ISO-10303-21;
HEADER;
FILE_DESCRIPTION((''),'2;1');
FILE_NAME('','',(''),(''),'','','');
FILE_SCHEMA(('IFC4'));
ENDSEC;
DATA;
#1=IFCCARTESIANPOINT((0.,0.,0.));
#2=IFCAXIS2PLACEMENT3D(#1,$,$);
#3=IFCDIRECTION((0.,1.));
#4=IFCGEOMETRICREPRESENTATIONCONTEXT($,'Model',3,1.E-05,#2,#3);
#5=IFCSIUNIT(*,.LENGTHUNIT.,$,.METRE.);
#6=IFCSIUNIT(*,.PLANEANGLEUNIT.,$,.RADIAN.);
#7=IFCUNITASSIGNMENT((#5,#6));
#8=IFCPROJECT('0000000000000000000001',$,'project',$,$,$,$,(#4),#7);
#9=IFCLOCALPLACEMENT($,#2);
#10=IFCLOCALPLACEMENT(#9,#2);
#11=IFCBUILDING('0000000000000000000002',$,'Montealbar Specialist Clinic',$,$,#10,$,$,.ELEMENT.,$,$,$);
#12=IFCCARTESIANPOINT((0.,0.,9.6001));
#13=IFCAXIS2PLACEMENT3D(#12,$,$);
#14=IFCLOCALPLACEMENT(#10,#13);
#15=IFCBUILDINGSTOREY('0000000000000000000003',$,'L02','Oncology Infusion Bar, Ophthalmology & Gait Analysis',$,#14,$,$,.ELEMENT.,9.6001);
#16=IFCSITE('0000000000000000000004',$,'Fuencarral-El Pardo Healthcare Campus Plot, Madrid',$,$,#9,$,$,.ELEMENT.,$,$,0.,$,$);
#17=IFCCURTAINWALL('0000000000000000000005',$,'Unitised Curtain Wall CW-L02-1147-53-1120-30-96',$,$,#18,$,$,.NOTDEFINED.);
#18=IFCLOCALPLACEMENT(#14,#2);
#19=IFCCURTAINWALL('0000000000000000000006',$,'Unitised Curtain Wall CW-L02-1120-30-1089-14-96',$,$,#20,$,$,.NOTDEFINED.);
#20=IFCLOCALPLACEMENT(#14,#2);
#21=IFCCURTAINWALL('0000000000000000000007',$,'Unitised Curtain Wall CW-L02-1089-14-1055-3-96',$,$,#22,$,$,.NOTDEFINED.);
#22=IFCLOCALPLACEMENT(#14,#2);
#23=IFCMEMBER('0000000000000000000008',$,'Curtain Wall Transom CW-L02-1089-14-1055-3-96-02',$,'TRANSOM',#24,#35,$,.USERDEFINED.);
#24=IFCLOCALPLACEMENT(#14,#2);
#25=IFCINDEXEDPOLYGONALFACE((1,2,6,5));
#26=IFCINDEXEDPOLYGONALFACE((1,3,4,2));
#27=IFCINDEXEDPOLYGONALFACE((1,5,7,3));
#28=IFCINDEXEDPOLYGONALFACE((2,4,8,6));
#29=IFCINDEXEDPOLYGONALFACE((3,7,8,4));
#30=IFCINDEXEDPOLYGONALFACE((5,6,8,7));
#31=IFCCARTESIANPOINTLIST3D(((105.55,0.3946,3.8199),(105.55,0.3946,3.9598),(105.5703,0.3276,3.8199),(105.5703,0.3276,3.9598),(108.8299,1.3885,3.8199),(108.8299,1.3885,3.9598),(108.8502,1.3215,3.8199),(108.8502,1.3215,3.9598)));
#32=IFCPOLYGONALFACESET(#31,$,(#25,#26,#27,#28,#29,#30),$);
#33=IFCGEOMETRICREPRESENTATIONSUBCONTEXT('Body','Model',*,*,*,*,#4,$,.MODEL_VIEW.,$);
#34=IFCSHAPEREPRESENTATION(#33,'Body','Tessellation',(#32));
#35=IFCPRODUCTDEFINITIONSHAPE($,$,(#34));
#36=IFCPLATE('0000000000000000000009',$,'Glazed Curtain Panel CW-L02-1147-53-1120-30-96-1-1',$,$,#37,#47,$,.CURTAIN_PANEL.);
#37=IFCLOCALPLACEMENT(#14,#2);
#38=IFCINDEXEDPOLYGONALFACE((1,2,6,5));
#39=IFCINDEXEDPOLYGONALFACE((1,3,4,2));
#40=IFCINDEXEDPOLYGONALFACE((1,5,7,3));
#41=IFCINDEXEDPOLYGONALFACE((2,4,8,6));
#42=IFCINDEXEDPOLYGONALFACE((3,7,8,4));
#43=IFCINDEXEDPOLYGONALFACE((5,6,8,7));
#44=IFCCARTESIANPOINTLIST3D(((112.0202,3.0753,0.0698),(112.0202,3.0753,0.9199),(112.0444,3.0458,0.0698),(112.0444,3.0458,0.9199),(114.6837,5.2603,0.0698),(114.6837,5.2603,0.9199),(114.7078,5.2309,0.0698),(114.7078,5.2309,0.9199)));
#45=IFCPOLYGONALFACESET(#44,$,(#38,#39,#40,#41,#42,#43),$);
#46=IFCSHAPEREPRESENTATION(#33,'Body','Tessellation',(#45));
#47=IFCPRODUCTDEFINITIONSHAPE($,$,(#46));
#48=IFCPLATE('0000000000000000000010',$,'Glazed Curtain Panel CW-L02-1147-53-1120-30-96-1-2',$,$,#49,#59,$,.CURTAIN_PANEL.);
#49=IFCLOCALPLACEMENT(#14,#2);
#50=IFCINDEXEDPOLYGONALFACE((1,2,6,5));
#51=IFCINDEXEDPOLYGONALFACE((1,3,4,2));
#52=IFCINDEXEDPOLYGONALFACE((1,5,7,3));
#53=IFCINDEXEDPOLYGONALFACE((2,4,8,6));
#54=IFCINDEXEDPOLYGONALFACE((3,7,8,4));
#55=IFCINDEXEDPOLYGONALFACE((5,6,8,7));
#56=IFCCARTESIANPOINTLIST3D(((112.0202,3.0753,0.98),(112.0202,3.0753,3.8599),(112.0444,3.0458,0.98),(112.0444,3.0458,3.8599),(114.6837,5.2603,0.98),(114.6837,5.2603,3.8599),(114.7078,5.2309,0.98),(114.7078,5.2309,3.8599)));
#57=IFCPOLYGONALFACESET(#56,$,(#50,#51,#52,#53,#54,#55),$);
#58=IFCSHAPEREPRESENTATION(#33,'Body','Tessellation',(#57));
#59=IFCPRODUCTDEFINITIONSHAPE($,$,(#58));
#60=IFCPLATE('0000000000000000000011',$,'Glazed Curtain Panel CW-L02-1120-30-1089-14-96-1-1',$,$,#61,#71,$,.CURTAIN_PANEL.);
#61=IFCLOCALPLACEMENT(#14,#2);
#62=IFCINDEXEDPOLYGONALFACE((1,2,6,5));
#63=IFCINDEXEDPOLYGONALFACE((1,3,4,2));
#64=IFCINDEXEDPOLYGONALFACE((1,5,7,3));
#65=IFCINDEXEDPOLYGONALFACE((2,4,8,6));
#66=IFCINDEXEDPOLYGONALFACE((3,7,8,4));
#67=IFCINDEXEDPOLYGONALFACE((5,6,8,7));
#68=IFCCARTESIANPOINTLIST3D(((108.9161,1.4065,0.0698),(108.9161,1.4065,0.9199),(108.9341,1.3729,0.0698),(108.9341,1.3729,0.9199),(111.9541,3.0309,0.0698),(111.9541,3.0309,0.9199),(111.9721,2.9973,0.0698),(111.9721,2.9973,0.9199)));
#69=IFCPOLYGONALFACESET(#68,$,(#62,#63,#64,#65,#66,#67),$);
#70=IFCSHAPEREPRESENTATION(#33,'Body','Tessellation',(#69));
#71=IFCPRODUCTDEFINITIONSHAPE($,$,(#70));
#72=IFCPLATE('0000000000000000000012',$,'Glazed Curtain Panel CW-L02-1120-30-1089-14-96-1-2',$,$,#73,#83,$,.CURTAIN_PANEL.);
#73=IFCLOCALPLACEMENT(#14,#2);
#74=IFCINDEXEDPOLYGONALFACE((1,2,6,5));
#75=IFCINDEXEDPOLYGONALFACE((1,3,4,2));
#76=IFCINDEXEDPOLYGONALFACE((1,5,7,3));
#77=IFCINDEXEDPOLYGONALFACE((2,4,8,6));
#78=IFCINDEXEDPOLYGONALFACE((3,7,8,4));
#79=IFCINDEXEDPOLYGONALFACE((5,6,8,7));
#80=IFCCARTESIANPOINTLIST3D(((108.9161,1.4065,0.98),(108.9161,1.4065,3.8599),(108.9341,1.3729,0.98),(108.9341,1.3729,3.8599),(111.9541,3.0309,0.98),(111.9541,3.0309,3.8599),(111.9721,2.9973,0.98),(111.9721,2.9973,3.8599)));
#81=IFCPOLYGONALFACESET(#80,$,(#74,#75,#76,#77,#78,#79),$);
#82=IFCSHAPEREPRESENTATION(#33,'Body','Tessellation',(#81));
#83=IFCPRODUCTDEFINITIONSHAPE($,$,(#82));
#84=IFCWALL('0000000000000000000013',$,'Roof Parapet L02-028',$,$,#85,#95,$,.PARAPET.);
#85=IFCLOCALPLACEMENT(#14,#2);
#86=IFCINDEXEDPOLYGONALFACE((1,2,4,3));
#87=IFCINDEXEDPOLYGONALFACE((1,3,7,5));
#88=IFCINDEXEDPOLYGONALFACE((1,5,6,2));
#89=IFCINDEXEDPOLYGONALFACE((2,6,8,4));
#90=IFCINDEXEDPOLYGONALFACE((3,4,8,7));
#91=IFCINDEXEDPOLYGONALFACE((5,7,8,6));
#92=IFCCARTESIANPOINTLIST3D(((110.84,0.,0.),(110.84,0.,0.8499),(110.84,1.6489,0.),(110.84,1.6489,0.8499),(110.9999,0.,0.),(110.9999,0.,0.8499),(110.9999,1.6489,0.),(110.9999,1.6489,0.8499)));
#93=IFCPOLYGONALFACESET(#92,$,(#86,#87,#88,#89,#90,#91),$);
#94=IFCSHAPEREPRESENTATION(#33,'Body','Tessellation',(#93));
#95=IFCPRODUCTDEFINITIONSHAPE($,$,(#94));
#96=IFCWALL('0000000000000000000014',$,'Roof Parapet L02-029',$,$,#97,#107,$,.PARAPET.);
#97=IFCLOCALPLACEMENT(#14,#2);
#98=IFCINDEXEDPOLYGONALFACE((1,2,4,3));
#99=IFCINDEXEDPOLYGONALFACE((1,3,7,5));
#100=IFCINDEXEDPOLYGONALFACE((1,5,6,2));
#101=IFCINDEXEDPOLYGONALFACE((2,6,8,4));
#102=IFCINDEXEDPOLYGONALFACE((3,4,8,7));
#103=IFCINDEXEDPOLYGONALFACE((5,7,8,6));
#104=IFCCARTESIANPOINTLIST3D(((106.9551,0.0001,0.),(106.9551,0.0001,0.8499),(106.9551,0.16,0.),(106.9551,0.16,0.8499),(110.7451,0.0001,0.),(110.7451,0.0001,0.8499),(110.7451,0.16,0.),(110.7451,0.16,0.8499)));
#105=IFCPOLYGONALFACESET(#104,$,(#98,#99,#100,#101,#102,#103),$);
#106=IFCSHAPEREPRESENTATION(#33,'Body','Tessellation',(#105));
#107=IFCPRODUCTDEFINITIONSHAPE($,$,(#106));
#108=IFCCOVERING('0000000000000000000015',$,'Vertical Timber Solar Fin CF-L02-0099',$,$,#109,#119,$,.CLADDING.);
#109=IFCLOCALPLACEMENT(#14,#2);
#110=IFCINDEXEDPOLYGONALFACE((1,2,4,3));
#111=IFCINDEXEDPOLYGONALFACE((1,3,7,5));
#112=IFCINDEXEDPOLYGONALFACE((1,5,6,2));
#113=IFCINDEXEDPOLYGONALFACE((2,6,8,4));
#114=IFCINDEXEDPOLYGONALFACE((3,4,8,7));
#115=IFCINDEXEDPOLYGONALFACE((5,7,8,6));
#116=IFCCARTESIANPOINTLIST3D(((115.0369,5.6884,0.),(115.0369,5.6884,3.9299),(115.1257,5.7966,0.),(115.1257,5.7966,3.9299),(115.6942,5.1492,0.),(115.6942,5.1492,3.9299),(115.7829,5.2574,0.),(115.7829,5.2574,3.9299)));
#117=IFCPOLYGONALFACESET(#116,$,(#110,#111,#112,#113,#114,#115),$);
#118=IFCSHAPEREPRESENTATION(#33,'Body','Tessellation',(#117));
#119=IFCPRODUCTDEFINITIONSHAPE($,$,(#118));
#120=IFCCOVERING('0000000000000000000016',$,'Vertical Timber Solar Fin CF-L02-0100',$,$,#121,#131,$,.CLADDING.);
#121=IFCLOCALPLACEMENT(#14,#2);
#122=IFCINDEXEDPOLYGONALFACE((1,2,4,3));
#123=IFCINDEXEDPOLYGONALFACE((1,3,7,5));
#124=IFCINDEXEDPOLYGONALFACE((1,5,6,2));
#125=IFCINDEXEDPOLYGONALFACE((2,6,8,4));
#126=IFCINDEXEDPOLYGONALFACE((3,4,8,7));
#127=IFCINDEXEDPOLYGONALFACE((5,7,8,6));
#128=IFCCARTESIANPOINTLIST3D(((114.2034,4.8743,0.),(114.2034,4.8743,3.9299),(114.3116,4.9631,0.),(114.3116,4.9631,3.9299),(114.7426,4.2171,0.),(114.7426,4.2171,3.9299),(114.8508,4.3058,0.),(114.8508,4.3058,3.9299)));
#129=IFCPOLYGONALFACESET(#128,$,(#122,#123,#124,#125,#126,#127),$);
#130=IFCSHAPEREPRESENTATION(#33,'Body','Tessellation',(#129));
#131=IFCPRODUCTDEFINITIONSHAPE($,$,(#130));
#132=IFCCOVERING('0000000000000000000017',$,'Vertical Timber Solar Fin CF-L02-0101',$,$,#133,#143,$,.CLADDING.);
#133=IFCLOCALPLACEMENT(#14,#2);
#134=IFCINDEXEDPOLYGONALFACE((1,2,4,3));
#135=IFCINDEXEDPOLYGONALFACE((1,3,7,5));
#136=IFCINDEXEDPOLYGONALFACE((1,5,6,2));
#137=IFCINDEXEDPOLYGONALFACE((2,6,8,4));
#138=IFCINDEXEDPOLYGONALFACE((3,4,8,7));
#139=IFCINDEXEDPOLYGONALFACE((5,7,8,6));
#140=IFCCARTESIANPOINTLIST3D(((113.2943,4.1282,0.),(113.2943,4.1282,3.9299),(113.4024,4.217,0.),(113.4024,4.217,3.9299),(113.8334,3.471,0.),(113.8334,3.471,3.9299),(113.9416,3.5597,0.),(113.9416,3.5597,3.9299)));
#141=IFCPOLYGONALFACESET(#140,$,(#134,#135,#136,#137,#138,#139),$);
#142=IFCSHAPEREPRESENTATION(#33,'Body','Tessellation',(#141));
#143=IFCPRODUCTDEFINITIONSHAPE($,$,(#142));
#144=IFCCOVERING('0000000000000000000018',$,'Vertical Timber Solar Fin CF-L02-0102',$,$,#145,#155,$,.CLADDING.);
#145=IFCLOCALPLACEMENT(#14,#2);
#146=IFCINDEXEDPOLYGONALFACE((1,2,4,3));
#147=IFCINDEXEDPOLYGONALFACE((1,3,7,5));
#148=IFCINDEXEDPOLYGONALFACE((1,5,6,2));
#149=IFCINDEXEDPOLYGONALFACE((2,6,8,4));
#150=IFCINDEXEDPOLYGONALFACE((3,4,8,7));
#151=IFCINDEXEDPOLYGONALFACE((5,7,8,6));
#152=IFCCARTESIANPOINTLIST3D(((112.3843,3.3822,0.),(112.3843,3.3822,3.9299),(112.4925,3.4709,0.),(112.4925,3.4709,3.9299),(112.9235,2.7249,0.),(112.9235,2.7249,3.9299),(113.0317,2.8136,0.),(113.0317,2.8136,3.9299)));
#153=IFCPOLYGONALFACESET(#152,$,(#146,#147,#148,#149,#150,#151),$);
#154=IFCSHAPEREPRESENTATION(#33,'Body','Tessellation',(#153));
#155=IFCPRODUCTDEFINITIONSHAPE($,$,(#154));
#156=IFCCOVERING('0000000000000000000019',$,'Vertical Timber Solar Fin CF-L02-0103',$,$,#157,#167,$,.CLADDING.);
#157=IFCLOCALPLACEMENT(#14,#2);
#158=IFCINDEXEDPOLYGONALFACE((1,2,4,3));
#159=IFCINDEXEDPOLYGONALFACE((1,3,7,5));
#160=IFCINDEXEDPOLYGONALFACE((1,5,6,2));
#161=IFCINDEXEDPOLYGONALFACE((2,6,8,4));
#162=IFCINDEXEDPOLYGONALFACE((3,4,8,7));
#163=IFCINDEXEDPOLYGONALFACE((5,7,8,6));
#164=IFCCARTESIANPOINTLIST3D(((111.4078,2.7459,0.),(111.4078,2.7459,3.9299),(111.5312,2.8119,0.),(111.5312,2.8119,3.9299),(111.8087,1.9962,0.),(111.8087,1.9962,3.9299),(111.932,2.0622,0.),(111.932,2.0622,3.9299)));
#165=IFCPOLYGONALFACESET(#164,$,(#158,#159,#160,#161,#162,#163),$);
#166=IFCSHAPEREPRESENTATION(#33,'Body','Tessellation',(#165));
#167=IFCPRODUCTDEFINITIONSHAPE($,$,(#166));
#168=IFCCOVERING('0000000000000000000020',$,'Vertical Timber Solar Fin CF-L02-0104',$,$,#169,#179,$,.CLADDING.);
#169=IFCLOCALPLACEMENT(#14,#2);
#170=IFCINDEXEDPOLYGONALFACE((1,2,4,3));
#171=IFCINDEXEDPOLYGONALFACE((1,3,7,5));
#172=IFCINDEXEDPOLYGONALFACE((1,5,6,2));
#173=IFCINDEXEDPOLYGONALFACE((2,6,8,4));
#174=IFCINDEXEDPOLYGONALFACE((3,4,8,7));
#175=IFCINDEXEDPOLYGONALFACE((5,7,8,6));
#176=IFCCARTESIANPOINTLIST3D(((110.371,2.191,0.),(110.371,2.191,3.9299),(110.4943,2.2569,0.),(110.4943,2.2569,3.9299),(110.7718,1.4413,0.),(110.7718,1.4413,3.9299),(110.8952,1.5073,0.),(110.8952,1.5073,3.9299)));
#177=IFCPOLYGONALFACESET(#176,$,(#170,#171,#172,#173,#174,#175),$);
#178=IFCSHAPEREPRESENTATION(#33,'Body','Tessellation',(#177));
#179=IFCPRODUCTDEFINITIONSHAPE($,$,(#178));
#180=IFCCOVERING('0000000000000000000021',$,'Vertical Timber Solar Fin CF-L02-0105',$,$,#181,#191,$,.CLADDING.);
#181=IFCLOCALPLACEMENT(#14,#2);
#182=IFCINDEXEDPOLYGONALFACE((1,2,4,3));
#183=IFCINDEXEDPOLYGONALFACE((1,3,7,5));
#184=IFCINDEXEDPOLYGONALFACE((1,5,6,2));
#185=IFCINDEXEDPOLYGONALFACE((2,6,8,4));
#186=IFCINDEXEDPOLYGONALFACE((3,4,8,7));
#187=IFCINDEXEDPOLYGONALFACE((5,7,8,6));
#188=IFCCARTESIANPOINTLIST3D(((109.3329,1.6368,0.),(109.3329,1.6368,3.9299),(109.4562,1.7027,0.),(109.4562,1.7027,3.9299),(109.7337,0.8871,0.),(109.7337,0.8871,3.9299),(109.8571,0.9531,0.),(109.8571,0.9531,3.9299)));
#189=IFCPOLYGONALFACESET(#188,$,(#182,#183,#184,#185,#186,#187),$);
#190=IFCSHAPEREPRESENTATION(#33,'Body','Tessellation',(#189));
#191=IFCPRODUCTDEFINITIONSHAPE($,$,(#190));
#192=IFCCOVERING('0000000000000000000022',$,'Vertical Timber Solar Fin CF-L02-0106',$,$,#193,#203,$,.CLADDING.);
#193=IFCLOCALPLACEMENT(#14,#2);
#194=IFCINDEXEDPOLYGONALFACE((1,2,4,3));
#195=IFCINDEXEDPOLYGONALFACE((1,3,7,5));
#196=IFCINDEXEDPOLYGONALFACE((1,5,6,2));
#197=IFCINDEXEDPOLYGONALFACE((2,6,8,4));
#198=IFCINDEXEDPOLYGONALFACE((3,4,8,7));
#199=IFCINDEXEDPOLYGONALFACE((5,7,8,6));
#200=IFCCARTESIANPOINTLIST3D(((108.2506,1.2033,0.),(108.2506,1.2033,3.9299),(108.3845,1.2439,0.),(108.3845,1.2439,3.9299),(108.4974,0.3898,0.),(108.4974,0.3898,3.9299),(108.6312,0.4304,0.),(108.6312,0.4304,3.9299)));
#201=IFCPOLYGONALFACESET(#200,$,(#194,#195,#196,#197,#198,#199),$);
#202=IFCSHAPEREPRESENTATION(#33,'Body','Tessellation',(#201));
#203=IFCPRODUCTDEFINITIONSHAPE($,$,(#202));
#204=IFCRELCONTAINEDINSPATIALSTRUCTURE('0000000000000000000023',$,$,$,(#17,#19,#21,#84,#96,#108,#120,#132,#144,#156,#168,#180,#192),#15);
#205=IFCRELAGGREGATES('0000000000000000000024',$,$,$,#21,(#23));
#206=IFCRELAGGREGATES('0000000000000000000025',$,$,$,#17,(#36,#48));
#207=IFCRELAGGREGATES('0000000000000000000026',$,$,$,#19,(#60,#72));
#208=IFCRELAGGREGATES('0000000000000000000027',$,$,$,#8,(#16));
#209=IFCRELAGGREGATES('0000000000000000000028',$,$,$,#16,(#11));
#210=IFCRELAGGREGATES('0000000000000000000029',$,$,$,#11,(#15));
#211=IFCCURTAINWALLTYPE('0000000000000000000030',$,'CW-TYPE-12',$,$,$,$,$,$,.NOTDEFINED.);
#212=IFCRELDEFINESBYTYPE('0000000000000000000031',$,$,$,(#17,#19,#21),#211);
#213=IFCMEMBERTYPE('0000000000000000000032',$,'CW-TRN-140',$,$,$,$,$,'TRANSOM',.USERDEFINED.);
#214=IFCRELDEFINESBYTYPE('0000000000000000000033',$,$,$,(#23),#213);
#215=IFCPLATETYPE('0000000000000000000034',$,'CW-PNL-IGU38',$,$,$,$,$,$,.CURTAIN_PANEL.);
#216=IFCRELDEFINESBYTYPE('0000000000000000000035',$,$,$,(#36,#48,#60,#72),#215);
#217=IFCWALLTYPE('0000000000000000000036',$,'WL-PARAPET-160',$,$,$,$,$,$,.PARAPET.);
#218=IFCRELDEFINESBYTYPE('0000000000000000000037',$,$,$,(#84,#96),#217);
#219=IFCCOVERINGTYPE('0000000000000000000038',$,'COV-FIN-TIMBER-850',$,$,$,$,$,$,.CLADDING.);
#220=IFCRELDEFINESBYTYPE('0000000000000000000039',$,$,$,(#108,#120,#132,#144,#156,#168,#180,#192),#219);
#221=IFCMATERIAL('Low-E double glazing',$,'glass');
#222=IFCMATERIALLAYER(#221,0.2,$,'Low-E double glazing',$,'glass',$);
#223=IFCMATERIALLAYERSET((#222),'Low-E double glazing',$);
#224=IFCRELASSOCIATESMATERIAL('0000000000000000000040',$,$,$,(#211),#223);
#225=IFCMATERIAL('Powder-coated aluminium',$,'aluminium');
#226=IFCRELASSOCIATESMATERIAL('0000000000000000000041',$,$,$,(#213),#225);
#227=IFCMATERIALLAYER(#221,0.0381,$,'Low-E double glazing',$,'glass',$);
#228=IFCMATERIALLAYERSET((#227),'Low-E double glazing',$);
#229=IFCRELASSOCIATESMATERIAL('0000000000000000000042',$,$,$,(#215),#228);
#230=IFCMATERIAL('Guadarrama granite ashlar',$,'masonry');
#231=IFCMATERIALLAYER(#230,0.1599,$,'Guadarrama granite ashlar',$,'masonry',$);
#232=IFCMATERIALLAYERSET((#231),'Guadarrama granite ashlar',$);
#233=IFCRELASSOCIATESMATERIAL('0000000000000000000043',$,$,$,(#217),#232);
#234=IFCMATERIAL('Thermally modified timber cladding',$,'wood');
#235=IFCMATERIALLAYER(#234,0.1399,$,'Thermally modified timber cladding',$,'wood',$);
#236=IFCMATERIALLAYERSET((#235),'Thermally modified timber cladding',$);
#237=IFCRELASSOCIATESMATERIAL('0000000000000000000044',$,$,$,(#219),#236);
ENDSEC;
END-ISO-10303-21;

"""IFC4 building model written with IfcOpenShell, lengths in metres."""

from ifc_helpers import new_model, si_unit, direction, frame, frame_2d, origin, origin_2d, place, context, subcontext, project, spatial, rectangle, extrude, material, layer, layer_set, material_profile, profile_set, type_object, element, aggregate, save


model = new_model("IFC4")

# Units and contexts
model_context = context("Model", 3, precision=1e-05, world=origin(), true_north=direction((0.0, 1.0)))
body_context = subcontext(model_context, "Body", "Model", "MODEL_VIEW")
ifc_project = project(units=[si_unit("LENGTHUNIT", "METRE"), si_unit("PLANEANGLEUNIT", "RADIAN")], contexts=[model_context])

# Site, building, storey
site_placement = place(None, origin())
site = spatial("IfcSite", under=ifc_project, at=site_placement, Name="Fuencarral-El Pardo Healthcare Campus Plot, Madrid", CompositionType="ELEMENT", RefElevation=0.0)
building_placement = place(site_placement, origin())
building = spatial("IfcBuilding", under=site, at=building_placement, Name="Montealbar Specialist Clinic", CompositionType="ELEMENT")
storey_placement = place(building_placement, frame((0.0, 0.0, 9.6001)))
storey = spatial("IfcBuildingStorey", under=building, at=storey_placement, Name="L02", Description="Oncology Infusion Bar, Ophthalmology & Gait Analysis", CompositionType="ELEMENT", Elevation=9.6001)

# Shared definitions
ifc_material_1 = material(Name="Low-E double glazing", Category="glass")
ifc_layer_1 = layer(ifc_material_1, 0.2, Name="Low-E double glazing", Category="glass")
ifc_layer_set_1 = layer_set([ifc_layer_1], Name="Low-E double glazing")
curtain_wall_type = type_object("IfcCurtainWallType", Name="CW-TYPE-12", PredefinedType="NOTDEFINED", material=ifc_layer_set_1)

# Curtain walls
curtain_wall_1_placement = place(storey_placement, origin())
curtain_wall_1 = element("IfcCurtainWall", 1, at=curtain_wall_1_placement, inside=storey, type_object=curtain_wall_type, Name="Unitised Curtain Wall CW-L02-1147-53-1120-30-96", PredefinedType="NOTDEFINED")
curtain_wall_2_placement = place(storey_placement, origin())
curtain_wall_2 = element("IfcCurtainWall", 2, at=curtain_wall_2_placement, inside=storey, type_object=curtain_wall_type, Name="Unitised Curtain Wall CW-L02-1120-30-1089-14-96", PredefinedType="NOTDEFINED")

# Curtain wall
curtain_wall_3_placement = place(storey_placement, origin())
curtain_wall_3 = element("IfcCurtainWall", 3, at=curtain_wall_3_placement, inside=storey, type_object=curtain_wall_type, Name="Unitised Curtain Wall CW-L02-1089-14-1055-3-96", PredefinedType="NOTDEFINED")

# Member
ifc_material_2 = material(Name="Powder-coated aluminium", Category="aluminium")
ifc_material_profile_1 = material_profile(ifc_material_2, rectangle(XDim=0.0701, YDim=0.1399, at=origin_2d()), Name="ALU 70x140", Category="aluminium")
ifc_profile_set_1 = profile_set([ifc_material_profile_1], Name="Powder-coated aluminium")
member_type_1 = type_object("IfcMemberType", Name="CW-TRN-140", ElementType="TRANSOM", PredefinedType="USERDEFINED", material=ifc_profile_set_1)
member_1_placement = place(storey_placement, frame((108.8401, 1.355, 3.8899), z_axis=(-0.957029, -0.289994, 0.0), x_axis=(0.289994, -0.957029, 0.0)))
member_1 = element("IfcMember", 4, at=member_1_placement, type_object=member_type_1, Name="Curtain Wall Transom CW-L02-1089-14-1055-3-96-02", ObjectType="TRANSOM", PredefinedType="USERDEFINED", context=body_context, shape_type="SweptSolid", body=[
    extrude(rectangle(XDim=0.0701, YDim=0.1399, at=origin_2d()), origin(), (0.0, 0.0, 1.0), 3.4272),
])
aggregate(curtain_wall_3, [member_1])

# Plates
ifc_layer_2 = layer(ifc_material_1, 0.0381, Name="Low-E double glazing", Category="glass")
ifc_layer_set_2 = layer_set([ifc_layer_2], Name="Low-E double glazing")
plate_type = type_object("IfcPlateType", Name="CW-PNL-IGU38", PredefinedType="CURTAIN_PANEL", material=ifc_layer_set_2)
plate_1_placement = place(storey_placement, frame((113.364, 4.1531, 0.0698), z_axis=(0.0, 0.0, 1.0), x_axis=(-0.773123, -0.634256, 0.0)))
plate_1 = element("IfcPlate", 5, at=plate_1_placement, type_object=plate_type, Name="Glazed Curtain Panel CW-L02-1147-53-1120-30-96-1-1", PredefinedType="CURTAIN_PANEL", context=body_context, shape_type="SweptSolid", body=[
    extrude(rectangle(XDim=3.4451, YDim=0.0381, at=origin_2d()), origin(), (0.0, 0.0, 1.0), 0.8501),
])
plate_2_placement = place(storey_placement, frame((113.364, 4.1531, 0.98), z_axis=(0.0, 0.0, 1.0), x_axis=(-0.773123, -0.634256, 0.0)))
plate_2 = element("IfcPlate", 6, at=plate_2_placement, type_object=plate_type, Name="Glazed Curtain Panel CW-L02-1147-53-1120-30-96-1-2", PredefinedType="CURTAIN_PANEL", context=body_context, shape_type="SweptSolid", body=[
    extrude(rectangle(XDim=3.4451, YDim=0.0381, at=origin_2d()), origin(), (0.0, 0.0, 1.0), 2.8799),
])
aggregate(curtain_wall_1, [plate_1, plate_2])
plate_3_placement = place(storey_placement, frame((110.4441, 2.2019, 0.0698), z_axis=(0.0, 0.0, 1.0), x_axis=(-0.88185, -0.471529, 0.0)))
plate_3 = element("IfcPlate", 7, at=plate_3_placement, type_object=plate_type, Name="Glazed Curtain Panel CW-L02-1120-30-1089-14-96-1-1", PredefinedType="CURTAIN_PANEL", context=body_context, shape_type="SweptSolid", body=[
    extrude(rectangle(XDim=3.4451, YDim=0.0381, at=origin_2d()), origin(), (0.0, 0.0, 1.0), 0.8501),
])
plate_4_placement = place(storey_placement, frame((110.4441, 2.2019, 0.98), z_axis=(0.0, 0.0, 1.0), x_axis=(-0.88185, -0.471529, 0.0)))
plate_4 = element("IfcPlate", 8, at=plate_4_placement, type_object=plate_type, Name="Glazed Curtain Panel CW-L02-1120-30-1089-14-96-1-2", PredefinedType="CURTAIN_PANEL", context=body_context, shape_type="SweptSolid", body=[
    extrude(rectangle(XDim=3.4451, YDim=0.0381, at=origin_2d()), origin(), (0.0, 0.0, 1.0), 2.8799),
])
aggregate(curtain_wall_2, [plate_3, plate_4])

# Walls
ifc_material_3 = material(Name="Guadarrama granite ashlar", Category="masonry")
ifc_layer_3 = layer(ifc_material_3, 0.1599, Name="Guadarrama granite ashlar", Category="masonry")
ifc_layer_set_3 = layer_set([ifc_layer_3], Name="Guadarrama granite ashlar")
wall_type = type_object("IfcWallType", Name="WL-PARAPET-160", PredefinedType="PARAPET", material=ifc_layer_set_3)
wall_1_placement = place(storey_placement, frame((110.9199, 1.6489, 0.0), z_axis=(0.0, 0.0, 1.0), x_axis=(0.0, -1.0, 0.0)))
element("IfcWall", 9, at=wall_1_placement, inside=storey, type_object=wall_type, Name="Roof Parapet L02-028", PredefinedType="PARAPET", context=body_context, shape_type="SweptSolid", body=[
    extrude(rectangle(XDim=1.6489, YDim=0.1599, at=frame_2d((0.8245, 0.0))), origin(), (0.0, 0.0, 1.0), 0.8499),
])
wall_2_placement = place(storey_placement, frame((110.7451, 0.0801, 0.0), z_axis=(0.0, 0.0, 1.0), x_axis=(-1.0, 0.0, 0.0)))
element("IfcWall", 10, at=wall_2_placement, inside=storey, type_object=wall_type, Name="Roof Parapet L02-029", PredefinedType="PARAPET", context=body_context, shape_type="SweptSolid", body=[
    extrude(rectangle(XDim=3.79, YDim=0.1599, at=frame_2d((1.895, 0.0))), origin(), (0.0, 0.0, 1.0), 0.8499),
])

# Coverings
ifc_material_4 = material(Name="Thermally modified timber cladding", Category="wood")
ifc_layer_4 = layer(ifc_material_4, 0.1399, Name="Thermally modified timber cladding", Category="wood")
ifc_layer_set_4 = layer_set([ifc_layer_4], Name="Thermally modified timber cladding")
covering_type = type_object("IfcCoveringType", Name="COV-FIN-TIMBER-850", PredefinedType="CLADDING", material=ifc_layer_set_4)
for number, where, z_axis, x_axis, name in (
    (11, (115.4099, 5.4729, 0.0), (0.0, 0.0, 1.0), (0.773123, -0.634256, 0.0), "Vertical Timber Solar Fin CF-L02-0099"),
    (12, (114.5271, 4.5901, 0.0), (0.0, 0.0, 1.0), (0.634256, -0.773123, 0.0), "Vertical Timber Solar Fin CF-L02-0100"),
    (13, (113.6179, 3.844, 0.0), (0.0, 0.0, 1.0), (0.634256, -0.773123, 0.0), "Vertical Timber Solar Fin CF-L02-0101"),
    (14, (112.708, 3.0979, 0.0), (0.0, 0.0, 1.0), (0.634256, -0.773123, 0.0), "Vertical Timber Solar Fin CF-L02-0102"),
    (15, (111.6699, 2.4041, 0.0), (0.0, 0.0, 1.0), (0.471529, -0.88185, 0.0), "Vertical Timber Solar Fin CF-L02-0103"),
    (16, (110.6331, 1.8491, 0.0), (0.0, 0.0, 1.0), (0.471529, -0.88185, 0.0), "Vertical Timber Solar Fin CF-L02-0104"),
    (17, (109.595, 1.2949, 0.0), (0.0, 0.0, 1.0), (0.471529, -0.88185, 0.0), "Vertical Timber Solar Fin CF-L02-0105"),
    (18, (108.4409, 0.8169, 0.0), (0.0, 0.0, 1.0), (0.290259, -0.956948, 0.0), "Vertical Timber Solar Fin CF-L02-0106"),
):
    element("IfcCovering", number, at=place(storey_placement, frame(where, z_axis=z_axis, x_axis=x_axis)), inside=storey, type_object=covering_type, Name=name, PredefinedType="CLADDING", context=body_context, shape_type="SweptSolid", body=[
        extrude(rectangle(XDim=0.8501, YDim=0.1399, at=origin_2d()), origin(), (0.0, 0.0, 1.0), 3.9299),
    ])

save(model, "model.ifc")
